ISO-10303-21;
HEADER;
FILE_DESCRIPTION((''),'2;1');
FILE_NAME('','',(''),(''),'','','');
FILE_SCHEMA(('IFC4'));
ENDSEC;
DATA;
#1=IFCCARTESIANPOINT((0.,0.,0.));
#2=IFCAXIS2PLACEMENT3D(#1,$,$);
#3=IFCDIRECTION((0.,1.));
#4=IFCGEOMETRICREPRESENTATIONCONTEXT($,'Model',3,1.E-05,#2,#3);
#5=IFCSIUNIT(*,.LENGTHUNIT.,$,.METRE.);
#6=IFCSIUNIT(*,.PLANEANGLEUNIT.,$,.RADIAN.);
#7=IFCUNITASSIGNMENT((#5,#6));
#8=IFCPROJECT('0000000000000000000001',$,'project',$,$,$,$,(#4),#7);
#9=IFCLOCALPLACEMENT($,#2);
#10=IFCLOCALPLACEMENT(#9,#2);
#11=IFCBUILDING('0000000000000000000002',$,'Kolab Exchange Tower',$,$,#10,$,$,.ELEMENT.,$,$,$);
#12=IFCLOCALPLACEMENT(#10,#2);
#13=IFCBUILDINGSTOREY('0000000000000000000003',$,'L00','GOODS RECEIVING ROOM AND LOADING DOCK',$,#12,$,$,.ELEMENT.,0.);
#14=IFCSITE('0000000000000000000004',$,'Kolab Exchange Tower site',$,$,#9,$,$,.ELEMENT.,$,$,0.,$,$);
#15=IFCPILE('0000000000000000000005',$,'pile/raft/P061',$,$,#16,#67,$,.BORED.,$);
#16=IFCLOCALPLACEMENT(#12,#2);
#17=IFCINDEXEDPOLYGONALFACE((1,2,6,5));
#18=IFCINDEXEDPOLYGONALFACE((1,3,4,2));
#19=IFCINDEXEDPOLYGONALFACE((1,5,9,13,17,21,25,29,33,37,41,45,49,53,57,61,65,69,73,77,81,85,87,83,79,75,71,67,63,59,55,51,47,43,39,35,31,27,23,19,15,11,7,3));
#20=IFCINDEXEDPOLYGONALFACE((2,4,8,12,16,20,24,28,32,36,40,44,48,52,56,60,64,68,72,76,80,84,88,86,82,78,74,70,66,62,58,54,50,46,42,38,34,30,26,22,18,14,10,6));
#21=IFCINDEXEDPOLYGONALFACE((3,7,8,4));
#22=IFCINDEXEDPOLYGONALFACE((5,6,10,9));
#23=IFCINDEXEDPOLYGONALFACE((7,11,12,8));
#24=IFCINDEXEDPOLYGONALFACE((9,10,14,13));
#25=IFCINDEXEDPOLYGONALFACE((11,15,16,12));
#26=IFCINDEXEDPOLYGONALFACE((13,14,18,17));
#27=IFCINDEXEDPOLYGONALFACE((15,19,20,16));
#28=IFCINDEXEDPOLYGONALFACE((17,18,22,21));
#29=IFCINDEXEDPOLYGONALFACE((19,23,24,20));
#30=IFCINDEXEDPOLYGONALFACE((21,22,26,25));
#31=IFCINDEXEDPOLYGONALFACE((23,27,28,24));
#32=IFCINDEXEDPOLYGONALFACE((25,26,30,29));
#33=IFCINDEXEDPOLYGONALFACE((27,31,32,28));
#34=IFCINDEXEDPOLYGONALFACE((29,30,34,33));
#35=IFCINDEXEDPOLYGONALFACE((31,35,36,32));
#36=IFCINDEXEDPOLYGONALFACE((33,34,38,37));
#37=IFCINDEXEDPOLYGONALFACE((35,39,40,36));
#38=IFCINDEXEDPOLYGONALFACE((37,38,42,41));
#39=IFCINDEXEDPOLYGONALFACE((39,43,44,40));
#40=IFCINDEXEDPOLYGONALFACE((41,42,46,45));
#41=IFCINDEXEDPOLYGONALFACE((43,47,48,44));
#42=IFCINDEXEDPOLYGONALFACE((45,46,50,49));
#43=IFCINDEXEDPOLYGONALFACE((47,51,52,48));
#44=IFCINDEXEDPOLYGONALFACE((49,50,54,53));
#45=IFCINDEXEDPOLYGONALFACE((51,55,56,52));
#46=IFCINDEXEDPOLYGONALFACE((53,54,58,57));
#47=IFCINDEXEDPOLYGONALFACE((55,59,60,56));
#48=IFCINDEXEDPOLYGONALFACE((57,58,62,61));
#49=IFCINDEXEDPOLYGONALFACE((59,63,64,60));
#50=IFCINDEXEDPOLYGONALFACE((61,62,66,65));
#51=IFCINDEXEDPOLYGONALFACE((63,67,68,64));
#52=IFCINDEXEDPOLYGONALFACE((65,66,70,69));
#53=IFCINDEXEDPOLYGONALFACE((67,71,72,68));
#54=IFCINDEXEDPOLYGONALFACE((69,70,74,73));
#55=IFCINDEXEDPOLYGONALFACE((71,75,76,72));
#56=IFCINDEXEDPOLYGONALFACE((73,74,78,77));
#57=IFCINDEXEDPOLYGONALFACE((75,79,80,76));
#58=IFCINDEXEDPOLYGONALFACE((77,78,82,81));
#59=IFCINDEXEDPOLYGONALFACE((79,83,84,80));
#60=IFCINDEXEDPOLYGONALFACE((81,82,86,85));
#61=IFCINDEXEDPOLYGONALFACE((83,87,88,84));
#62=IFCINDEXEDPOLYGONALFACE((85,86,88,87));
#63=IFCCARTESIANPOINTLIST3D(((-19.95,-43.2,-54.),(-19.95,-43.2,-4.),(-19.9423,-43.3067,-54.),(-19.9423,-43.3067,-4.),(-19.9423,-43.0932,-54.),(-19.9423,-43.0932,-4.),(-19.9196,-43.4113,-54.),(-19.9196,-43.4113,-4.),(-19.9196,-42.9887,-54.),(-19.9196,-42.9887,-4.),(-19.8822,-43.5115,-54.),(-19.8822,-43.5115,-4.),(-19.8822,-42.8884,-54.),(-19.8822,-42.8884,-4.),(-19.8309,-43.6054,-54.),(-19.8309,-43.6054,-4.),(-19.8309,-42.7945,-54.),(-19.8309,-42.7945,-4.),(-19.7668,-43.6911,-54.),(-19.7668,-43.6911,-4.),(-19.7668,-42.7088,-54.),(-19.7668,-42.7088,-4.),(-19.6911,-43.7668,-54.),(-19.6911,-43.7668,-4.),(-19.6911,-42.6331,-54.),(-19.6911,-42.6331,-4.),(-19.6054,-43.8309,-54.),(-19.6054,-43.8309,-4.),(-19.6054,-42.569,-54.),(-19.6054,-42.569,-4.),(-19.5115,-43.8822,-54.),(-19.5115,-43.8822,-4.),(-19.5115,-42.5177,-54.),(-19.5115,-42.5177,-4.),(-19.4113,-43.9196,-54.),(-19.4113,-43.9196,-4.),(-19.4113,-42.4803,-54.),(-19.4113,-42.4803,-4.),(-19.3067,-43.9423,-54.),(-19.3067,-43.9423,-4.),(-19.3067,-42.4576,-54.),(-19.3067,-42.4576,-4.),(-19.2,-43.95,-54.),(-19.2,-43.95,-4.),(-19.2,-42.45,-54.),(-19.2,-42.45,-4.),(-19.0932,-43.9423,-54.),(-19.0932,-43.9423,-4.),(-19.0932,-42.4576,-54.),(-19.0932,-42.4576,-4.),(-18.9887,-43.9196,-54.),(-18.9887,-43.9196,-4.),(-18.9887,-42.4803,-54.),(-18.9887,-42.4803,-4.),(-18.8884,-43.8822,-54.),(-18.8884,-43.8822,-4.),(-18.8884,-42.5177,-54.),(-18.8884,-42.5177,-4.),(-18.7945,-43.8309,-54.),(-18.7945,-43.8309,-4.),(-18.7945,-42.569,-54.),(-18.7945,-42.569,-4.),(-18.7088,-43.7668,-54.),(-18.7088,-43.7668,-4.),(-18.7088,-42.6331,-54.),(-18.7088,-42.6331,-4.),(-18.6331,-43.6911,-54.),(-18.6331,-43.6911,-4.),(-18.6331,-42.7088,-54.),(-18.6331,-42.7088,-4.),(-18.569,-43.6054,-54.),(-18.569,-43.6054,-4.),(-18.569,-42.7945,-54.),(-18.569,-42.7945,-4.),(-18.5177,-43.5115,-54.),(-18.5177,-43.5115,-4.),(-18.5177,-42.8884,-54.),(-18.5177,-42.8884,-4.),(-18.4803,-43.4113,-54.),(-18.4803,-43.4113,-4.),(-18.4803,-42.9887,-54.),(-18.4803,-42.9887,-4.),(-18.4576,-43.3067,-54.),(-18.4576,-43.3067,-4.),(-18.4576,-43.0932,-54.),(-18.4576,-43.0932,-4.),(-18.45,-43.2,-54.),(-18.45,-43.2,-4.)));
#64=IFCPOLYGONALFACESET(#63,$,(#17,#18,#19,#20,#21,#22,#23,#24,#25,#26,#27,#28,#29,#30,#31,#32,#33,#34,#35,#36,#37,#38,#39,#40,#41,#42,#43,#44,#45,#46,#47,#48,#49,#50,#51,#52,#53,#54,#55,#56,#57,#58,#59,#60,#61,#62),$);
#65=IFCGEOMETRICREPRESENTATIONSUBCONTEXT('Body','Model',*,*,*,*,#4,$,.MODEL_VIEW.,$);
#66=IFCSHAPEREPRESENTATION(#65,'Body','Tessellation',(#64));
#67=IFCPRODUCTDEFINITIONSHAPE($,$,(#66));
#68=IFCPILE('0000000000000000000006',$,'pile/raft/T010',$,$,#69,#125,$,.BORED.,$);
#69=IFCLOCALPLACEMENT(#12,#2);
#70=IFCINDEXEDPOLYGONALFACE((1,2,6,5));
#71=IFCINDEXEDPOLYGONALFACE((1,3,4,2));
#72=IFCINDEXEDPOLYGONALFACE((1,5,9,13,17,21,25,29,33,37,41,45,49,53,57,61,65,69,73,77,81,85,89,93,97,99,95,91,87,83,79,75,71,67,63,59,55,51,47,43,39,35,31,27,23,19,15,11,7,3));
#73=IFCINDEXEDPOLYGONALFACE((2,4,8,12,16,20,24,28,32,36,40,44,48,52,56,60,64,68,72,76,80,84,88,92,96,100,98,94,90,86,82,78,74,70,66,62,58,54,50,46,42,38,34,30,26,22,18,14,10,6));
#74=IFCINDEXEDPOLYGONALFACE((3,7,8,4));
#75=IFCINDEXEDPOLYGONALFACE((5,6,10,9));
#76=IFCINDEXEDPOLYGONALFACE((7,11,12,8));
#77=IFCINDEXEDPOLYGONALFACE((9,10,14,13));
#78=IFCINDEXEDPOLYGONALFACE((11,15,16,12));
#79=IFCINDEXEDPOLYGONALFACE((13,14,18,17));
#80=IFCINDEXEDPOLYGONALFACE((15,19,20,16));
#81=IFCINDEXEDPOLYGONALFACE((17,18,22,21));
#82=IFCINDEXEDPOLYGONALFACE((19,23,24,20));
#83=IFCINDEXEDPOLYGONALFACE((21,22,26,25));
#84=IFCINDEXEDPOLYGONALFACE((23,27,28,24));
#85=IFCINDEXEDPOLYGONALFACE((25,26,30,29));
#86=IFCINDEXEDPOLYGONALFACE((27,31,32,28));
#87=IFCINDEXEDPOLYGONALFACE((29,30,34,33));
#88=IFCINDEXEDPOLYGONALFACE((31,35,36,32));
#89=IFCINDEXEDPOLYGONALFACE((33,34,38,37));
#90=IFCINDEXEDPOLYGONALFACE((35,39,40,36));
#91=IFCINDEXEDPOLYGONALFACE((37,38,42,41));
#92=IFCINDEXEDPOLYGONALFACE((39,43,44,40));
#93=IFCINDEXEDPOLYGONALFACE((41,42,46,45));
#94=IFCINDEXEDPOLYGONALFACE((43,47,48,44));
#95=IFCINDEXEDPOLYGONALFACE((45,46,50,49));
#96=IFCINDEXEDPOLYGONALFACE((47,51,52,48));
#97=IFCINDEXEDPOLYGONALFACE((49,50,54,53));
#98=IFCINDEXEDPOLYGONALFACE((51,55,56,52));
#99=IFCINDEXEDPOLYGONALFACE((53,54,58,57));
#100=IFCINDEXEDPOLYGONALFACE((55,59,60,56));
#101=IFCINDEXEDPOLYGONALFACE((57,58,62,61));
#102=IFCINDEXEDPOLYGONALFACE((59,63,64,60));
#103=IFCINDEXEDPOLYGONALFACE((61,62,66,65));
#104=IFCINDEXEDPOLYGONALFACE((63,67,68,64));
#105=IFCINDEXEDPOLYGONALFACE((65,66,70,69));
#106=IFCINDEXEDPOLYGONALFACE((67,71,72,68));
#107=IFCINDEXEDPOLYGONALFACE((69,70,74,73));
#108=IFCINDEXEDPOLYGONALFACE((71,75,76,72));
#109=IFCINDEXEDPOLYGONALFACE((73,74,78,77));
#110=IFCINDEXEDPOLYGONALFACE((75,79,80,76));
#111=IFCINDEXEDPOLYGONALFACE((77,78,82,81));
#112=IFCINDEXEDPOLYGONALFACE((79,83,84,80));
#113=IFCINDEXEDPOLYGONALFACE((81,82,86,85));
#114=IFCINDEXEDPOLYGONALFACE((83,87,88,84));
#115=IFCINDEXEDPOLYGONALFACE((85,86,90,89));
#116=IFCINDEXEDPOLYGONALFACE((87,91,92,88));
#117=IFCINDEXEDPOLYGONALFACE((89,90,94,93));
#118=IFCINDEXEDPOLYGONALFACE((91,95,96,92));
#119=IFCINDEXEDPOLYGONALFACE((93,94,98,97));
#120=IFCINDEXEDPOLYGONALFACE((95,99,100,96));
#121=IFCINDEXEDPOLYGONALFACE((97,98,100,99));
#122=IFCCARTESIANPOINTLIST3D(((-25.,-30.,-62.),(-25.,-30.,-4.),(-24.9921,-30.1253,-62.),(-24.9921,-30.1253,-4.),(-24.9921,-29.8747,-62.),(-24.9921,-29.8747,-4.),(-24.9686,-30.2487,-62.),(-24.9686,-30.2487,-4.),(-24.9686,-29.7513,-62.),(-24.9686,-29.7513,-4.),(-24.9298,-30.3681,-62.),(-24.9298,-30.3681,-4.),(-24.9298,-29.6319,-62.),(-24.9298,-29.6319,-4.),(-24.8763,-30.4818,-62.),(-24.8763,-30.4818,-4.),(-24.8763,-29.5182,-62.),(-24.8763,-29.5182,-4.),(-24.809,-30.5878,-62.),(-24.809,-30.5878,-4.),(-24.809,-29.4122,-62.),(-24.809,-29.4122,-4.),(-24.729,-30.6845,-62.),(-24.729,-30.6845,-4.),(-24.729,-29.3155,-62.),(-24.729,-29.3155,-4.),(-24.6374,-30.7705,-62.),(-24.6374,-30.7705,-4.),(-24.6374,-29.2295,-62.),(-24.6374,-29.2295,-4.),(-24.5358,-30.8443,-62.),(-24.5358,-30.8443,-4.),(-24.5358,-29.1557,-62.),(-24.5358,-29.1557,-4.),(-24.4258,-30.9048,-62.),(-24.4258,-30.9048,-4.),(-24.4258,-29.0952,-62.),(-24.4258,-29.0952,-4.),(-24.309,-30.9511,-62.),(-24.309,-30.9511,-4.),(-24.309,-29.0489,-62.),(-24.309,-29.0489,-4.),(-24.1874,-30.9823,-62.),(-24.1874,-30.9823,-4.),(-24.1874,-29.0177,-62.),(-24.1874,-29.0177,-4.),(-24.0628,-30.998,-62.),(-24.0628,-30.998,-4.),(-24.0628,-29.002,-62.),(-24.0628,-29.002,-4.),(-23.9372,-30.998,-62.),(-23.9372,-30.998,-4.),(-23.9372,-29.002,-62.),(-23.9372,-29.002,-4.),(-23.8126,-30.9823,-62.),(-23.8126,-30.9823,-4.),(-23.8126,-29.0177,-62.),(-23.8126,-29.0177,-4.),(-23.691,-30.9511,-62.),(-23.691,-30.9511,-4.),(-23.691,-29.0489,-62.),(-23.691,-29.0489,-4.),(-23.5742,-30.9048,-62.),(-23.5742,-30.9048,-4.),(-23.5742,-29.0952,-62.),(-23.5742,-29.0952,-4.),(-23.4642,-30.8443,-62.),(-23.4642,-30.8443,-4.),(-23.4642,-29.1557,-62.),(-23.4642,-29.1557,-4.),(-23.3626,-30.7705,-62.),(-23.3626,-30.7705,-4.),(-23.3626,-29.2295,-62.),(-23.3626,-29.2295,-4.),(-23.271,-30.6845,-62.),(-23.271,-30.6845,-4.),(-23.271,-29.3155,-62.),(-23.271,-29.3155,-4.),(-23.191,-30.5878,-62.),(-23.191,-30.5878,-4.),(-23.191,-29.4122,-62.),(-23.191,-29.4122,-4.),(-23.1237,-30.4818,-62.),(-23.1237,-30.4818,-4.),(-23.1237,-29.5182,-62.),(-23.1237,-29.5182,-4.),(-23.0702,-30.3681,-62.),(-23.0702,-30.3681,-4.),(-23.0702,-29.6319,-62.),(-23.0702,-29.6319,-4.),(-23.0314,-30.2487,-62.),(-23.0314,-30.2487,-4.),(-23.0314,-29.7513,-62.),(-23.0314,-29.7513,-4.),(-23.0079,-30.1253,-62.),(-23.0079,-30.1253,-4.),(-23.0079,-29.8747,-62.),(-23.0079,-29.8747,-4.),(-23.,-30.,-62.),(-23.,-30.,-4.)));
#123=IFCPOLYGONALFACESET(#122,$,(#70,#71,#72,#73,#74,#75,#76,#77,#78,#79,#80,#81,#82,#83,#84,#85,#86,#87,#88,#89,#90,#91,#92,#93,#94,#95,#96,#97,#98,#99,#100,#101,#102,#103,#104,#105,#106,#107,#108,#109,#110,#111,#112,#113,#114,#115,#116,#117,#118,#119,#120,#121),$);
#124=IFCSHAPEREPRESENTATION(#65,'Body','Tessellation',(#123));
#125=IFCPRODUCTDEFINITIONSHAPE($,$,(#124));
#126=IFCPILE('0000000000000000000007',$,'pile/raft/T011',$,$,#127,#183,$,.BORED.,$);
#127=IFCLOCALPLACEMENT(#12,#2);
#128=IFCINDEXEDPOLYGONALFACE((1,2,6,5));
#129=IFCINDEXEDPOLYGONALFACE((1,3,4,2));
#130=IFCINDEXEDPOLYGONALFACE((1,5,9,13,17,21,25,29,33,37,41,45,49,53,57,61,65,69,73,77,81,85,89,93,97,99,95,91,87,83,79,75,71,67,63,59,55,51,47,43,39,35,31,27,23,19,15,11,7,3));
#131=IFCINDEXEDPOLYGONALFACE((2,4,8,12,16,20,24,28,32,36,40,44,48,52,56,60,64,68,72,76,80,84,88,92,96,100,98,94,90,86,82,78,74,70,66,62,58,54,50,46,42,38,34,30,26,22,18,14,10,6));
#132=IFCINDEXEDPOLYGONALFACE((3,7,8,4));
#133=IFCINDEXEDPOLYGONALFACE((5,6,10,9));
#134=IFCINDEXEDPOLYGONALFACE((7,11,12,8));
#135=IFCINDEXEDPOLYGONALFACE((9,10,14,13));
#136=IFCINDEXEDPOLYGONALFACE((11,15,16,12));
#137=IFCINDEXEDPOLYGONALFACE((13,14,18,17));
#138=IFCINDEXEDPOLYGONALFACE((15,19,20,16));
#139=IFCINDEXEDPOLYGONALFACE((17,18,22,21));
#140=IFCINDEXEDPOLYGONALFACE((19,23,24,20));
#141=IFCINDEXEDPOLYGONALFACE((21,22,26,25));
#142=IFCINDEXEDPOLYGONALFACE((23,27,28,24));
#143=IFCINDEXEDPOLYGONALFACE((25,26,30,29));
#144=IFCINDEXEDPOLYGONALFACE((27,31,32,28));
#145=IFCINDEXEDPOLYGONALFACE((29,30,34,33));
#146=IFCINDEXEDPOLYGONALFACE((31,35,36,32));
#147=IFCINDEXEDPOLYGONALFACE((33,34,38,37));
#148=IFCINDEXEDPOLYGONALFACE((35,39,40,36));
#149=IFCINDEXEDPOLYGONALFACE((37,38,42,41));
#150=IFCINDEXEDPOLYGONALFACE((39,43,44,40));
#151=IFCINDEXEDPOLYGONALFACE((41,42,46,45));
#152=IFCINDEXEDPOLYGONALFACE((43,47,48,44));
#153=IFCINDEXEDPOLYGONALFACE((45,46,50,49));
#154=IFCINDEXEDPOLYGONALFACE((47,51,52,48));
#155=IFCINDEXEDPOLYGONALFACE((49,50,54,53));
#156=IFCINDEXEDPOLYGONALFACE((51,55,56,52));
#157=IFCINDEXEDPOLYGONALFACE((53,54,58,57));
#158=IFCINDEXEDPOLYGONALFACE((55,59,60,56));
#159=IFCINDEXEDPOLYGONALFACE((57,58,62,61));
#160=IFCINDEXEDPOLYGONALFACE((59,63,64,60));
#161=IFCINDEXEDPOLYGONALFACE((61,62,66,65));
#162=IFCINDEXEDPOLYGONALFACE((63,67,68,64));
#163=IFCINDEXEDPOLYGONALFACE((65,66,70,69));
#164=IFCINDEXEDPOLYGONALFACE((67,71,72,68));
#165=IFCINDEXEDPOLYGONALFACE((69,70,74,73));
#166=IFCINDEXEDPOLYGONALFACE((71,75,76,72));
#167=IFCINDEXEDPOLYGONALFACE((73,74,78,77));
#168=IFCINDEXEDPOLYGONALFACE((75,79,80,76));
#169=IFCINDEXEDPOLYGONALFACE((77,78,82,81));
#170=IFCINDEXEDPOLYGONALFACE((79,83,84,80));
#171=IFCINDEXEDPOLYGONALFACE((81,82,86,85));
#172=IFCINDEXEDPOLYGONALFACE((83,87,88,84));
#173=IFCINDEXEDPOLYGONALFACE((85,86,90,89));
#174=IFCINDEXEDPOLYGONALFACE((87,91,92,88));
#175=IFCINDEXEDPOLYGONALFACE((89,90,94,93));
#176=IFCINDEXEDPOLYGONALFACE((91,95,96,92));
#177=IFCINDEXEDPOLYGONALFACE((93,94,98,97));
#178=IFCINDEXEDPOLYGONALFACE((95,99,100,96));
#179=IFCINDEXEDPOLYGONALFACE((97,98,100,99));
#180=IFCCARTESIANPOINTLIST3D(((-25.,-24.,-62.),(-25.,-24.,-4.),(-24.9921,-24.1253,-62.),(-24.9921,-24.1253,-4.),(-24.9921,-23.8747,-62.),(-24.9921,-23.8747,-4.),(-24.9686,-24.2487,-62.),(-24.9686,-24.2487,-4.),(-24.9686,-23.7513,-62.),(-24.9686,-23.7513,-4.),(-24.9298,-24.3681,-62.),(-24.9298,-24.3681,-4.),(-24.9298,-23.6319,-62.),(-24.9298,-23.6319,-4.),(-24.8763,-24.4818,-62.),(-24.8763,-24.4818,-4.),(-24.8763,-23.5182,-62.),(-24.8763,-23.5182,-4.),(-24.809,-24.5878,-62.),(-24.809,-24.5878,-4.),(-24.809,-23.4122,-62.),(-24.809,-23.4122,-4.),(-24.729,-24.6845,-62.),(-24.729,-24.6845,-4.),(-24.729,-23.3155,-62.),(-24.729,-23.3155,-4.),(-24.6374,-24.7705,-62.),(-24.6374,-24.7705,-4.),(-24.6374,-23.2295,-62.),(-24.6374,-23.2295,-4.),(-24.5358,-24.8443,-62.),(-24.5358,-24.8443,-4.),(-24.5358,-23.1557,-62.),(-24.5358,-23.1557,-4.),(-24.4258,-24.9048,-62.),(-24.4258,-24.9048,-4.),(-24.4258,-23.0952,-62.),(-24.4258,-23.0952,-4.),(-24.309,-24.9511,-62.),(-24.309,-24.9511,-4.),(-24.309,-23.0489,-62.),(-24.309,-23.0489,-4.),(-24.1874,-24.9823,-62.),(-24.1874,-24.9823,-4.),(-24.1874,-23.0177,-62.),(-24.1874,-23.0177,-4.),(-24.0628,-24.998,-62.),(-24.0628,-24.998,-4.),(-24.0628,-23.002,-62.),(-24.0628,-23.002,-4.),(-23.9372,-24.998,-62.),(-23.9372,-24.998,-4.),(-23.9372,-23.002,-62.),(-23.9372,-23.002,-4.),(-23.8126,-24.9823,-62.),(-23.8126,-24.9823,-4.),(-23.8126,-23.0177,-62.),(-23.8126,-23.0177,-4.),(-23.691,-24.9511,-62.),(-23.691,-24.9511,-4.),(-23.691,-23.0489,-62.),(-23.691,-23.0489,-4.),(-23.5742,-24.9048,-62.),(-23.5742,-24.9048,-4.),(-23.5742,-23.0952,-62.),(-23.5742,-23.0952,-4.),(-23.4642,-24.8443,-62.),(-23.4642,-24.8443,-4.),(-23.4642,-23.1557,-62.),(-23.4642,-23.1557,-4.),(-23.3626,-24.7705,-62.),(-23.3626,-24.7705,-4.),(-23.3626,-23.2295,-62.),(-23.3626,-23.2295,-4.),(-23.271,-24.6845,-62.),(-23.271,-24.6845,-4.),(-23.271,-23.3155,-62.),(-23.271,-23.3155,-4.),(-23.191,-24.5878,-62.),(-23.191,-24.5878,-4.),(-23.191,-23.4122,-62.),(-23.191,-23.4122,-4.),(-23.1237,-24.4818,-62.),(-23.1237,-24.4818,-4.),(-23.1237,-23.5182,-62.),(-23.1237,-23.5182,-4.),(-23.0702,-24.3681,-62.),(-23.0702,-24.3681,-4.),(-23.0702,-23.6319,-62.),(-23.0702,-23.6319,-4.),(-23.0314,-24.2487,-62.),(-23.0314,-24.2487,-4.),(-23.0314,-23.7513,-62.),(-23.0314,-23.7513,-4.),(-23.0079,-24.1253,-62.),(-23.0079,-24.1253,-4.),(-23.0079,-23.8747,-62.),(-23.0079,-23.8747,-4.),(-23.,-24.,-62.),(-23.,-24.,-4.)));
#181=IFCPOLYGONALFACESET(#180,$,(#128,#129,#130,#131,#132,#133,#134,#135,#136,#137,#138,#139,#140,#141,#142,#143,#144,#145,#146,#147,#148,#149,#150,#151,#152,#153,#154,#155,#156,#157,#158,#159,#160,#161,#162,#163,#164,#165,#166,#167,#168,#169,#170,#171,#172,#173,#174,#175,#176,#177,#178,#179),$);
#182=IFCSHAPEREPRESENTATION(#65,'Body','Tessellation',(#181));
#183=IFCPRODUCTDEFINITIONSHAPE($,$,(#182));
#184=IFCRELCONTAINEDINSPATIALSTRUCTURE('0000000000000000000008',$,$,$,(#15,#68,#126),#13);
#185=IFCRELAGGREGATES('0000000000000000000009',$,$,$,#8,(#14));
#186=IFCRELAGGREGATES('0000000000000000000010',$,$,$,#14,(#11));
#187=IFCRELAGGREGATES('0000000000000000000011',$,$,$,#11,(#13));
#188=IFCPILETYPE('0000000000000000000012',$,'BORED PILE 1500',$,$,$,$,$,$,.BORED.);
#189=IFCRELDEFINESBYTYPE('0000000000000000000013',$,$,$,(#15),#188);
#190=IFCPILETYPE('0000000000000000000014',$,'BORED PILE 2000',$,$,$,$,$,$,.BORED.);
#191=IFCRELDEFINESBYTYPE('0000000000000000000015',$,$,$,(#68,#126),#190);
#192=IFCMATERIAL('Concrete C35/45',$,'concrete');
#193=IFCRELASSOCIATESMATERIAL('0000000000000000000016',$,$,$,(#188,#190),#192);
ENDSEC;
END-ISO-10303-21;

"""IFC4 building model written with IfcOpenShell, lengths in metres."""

from ifc_helpers import new_model, si_unit, direction, frame, origin, origin_2d, place, context, subcontext, project, spatial, circle, extrude, material, material_profile, profile_set, type_object, element, save


model = new_model("IFC4")

# Units and contexts
model_context = context("Model", 3, precision=1e-05, world=origin(), true_north=direction((0.0, 1.0)))
body_context = subcontext(model_context, "Body", "Model", "MODEL_VIEW")
ifc_project = project(units=[si_unit("LENGTHUNIT", "METRE"), si_unit("PLANEANGLEUNIT", "RADIAN")], contexts=[model_context])

# Site, building, storey
site_placement = place(None, origin())
site = spatial("IfcSite", under=ifc_project, at=site_placement, Name="Kolab Exchange Tower site", CompositionType="ELEMENT", RefElevation=0.0)
building_placement = place(site_placement, origin())
building = spatial("IfcBuilding", under=site, at=building_placement, Name="Kolab Exchange Tower", CompositionType="ELEMENT")
storey_placement = place(building_placement, origin())
storey = spatial("IfcBuildingStorey", under=building, at=storey_placement, Name="L00", Description="GOODS RECEIVING ROOM AND LOADING DOCK", CompositionType="ELEMENT", Elevation=0.0)

# Piles
ifc_material_1 = material(Name="Concrete C35/45", Category="concrete")
ifc_material_profile_1 = material_profile(ifc_material_1, circle(Radius=0.75, at=origin_2d()), Name="BP1500")
ifc_profile_set_1 = profile_set([ifc_material_profile_1], Name="Concrete C35/45")
pile_type_1 = type_object("IfcPileType", Name="BORED PILE 1500", PredefinedType="BORED", material=ifc_profile_set_1)
for number, where, z_axis, x_axis, name in (
    (1, (-19.2, -43.2, -4.0), (0.0, 0.0, -1.0), (1.0, 0.0, 0.0), "pile/raft/P061"),
):
    element("IfcPile", number, at=place(storey_placement, frame(where, z_axis=z_axis, x_axis=x_axis)), inside=storey, type_object=pile_type_1, Name=name, PredefinedType="BORED", context=body_context, shape_type="SweptSolid", body=[
        extrude(circle(Radius=0.75, at=origin_2d()), origin(), (0.0, 0.0, 1.0), 50.0),
    ])
ifc_material_profile_2 = material_profile(ifc_material_1, circle(Radius=1.0, at=origin_2d()), Name="BP2000")
ifc_profile_set_2 = profile_set([ifc_material_profile_2], Name="Concrete C35/45")
pile_type_2 = type_object("IfcPileType", Name="BORED PILE 2000", PredefinedType="BORED", material=ifc_profile_set_2)
for number, where, z_axis, x_axis, name in (
    (2, (-24.0, -30.0, -4.0), (0.0, 0.0, -1.0), (1.0, 0.0, 0.0), "pile/raft/T010"),
    (3, (-24.0, -24.0, -4.0), (0.0, 0.0, -1.0), (1.0, 0.0, 0.0), "pile/raft/T011"),
):
    element("IfcPile", number, at=place(storey_placement, frame(where, z_axis=z_axis, x_axis=x_axis)), inside=storey, type_object=pile_type_2, Name=name, PredefinedType="BORED", context=body_context, shape_type="SweptSolid", body=[
        extrude(circle(Radius=1.0, at=origin_2d()), origin(), (0.0, 0.0, 1.0), 58.0),
    ])

save(model, "model.ifc")
